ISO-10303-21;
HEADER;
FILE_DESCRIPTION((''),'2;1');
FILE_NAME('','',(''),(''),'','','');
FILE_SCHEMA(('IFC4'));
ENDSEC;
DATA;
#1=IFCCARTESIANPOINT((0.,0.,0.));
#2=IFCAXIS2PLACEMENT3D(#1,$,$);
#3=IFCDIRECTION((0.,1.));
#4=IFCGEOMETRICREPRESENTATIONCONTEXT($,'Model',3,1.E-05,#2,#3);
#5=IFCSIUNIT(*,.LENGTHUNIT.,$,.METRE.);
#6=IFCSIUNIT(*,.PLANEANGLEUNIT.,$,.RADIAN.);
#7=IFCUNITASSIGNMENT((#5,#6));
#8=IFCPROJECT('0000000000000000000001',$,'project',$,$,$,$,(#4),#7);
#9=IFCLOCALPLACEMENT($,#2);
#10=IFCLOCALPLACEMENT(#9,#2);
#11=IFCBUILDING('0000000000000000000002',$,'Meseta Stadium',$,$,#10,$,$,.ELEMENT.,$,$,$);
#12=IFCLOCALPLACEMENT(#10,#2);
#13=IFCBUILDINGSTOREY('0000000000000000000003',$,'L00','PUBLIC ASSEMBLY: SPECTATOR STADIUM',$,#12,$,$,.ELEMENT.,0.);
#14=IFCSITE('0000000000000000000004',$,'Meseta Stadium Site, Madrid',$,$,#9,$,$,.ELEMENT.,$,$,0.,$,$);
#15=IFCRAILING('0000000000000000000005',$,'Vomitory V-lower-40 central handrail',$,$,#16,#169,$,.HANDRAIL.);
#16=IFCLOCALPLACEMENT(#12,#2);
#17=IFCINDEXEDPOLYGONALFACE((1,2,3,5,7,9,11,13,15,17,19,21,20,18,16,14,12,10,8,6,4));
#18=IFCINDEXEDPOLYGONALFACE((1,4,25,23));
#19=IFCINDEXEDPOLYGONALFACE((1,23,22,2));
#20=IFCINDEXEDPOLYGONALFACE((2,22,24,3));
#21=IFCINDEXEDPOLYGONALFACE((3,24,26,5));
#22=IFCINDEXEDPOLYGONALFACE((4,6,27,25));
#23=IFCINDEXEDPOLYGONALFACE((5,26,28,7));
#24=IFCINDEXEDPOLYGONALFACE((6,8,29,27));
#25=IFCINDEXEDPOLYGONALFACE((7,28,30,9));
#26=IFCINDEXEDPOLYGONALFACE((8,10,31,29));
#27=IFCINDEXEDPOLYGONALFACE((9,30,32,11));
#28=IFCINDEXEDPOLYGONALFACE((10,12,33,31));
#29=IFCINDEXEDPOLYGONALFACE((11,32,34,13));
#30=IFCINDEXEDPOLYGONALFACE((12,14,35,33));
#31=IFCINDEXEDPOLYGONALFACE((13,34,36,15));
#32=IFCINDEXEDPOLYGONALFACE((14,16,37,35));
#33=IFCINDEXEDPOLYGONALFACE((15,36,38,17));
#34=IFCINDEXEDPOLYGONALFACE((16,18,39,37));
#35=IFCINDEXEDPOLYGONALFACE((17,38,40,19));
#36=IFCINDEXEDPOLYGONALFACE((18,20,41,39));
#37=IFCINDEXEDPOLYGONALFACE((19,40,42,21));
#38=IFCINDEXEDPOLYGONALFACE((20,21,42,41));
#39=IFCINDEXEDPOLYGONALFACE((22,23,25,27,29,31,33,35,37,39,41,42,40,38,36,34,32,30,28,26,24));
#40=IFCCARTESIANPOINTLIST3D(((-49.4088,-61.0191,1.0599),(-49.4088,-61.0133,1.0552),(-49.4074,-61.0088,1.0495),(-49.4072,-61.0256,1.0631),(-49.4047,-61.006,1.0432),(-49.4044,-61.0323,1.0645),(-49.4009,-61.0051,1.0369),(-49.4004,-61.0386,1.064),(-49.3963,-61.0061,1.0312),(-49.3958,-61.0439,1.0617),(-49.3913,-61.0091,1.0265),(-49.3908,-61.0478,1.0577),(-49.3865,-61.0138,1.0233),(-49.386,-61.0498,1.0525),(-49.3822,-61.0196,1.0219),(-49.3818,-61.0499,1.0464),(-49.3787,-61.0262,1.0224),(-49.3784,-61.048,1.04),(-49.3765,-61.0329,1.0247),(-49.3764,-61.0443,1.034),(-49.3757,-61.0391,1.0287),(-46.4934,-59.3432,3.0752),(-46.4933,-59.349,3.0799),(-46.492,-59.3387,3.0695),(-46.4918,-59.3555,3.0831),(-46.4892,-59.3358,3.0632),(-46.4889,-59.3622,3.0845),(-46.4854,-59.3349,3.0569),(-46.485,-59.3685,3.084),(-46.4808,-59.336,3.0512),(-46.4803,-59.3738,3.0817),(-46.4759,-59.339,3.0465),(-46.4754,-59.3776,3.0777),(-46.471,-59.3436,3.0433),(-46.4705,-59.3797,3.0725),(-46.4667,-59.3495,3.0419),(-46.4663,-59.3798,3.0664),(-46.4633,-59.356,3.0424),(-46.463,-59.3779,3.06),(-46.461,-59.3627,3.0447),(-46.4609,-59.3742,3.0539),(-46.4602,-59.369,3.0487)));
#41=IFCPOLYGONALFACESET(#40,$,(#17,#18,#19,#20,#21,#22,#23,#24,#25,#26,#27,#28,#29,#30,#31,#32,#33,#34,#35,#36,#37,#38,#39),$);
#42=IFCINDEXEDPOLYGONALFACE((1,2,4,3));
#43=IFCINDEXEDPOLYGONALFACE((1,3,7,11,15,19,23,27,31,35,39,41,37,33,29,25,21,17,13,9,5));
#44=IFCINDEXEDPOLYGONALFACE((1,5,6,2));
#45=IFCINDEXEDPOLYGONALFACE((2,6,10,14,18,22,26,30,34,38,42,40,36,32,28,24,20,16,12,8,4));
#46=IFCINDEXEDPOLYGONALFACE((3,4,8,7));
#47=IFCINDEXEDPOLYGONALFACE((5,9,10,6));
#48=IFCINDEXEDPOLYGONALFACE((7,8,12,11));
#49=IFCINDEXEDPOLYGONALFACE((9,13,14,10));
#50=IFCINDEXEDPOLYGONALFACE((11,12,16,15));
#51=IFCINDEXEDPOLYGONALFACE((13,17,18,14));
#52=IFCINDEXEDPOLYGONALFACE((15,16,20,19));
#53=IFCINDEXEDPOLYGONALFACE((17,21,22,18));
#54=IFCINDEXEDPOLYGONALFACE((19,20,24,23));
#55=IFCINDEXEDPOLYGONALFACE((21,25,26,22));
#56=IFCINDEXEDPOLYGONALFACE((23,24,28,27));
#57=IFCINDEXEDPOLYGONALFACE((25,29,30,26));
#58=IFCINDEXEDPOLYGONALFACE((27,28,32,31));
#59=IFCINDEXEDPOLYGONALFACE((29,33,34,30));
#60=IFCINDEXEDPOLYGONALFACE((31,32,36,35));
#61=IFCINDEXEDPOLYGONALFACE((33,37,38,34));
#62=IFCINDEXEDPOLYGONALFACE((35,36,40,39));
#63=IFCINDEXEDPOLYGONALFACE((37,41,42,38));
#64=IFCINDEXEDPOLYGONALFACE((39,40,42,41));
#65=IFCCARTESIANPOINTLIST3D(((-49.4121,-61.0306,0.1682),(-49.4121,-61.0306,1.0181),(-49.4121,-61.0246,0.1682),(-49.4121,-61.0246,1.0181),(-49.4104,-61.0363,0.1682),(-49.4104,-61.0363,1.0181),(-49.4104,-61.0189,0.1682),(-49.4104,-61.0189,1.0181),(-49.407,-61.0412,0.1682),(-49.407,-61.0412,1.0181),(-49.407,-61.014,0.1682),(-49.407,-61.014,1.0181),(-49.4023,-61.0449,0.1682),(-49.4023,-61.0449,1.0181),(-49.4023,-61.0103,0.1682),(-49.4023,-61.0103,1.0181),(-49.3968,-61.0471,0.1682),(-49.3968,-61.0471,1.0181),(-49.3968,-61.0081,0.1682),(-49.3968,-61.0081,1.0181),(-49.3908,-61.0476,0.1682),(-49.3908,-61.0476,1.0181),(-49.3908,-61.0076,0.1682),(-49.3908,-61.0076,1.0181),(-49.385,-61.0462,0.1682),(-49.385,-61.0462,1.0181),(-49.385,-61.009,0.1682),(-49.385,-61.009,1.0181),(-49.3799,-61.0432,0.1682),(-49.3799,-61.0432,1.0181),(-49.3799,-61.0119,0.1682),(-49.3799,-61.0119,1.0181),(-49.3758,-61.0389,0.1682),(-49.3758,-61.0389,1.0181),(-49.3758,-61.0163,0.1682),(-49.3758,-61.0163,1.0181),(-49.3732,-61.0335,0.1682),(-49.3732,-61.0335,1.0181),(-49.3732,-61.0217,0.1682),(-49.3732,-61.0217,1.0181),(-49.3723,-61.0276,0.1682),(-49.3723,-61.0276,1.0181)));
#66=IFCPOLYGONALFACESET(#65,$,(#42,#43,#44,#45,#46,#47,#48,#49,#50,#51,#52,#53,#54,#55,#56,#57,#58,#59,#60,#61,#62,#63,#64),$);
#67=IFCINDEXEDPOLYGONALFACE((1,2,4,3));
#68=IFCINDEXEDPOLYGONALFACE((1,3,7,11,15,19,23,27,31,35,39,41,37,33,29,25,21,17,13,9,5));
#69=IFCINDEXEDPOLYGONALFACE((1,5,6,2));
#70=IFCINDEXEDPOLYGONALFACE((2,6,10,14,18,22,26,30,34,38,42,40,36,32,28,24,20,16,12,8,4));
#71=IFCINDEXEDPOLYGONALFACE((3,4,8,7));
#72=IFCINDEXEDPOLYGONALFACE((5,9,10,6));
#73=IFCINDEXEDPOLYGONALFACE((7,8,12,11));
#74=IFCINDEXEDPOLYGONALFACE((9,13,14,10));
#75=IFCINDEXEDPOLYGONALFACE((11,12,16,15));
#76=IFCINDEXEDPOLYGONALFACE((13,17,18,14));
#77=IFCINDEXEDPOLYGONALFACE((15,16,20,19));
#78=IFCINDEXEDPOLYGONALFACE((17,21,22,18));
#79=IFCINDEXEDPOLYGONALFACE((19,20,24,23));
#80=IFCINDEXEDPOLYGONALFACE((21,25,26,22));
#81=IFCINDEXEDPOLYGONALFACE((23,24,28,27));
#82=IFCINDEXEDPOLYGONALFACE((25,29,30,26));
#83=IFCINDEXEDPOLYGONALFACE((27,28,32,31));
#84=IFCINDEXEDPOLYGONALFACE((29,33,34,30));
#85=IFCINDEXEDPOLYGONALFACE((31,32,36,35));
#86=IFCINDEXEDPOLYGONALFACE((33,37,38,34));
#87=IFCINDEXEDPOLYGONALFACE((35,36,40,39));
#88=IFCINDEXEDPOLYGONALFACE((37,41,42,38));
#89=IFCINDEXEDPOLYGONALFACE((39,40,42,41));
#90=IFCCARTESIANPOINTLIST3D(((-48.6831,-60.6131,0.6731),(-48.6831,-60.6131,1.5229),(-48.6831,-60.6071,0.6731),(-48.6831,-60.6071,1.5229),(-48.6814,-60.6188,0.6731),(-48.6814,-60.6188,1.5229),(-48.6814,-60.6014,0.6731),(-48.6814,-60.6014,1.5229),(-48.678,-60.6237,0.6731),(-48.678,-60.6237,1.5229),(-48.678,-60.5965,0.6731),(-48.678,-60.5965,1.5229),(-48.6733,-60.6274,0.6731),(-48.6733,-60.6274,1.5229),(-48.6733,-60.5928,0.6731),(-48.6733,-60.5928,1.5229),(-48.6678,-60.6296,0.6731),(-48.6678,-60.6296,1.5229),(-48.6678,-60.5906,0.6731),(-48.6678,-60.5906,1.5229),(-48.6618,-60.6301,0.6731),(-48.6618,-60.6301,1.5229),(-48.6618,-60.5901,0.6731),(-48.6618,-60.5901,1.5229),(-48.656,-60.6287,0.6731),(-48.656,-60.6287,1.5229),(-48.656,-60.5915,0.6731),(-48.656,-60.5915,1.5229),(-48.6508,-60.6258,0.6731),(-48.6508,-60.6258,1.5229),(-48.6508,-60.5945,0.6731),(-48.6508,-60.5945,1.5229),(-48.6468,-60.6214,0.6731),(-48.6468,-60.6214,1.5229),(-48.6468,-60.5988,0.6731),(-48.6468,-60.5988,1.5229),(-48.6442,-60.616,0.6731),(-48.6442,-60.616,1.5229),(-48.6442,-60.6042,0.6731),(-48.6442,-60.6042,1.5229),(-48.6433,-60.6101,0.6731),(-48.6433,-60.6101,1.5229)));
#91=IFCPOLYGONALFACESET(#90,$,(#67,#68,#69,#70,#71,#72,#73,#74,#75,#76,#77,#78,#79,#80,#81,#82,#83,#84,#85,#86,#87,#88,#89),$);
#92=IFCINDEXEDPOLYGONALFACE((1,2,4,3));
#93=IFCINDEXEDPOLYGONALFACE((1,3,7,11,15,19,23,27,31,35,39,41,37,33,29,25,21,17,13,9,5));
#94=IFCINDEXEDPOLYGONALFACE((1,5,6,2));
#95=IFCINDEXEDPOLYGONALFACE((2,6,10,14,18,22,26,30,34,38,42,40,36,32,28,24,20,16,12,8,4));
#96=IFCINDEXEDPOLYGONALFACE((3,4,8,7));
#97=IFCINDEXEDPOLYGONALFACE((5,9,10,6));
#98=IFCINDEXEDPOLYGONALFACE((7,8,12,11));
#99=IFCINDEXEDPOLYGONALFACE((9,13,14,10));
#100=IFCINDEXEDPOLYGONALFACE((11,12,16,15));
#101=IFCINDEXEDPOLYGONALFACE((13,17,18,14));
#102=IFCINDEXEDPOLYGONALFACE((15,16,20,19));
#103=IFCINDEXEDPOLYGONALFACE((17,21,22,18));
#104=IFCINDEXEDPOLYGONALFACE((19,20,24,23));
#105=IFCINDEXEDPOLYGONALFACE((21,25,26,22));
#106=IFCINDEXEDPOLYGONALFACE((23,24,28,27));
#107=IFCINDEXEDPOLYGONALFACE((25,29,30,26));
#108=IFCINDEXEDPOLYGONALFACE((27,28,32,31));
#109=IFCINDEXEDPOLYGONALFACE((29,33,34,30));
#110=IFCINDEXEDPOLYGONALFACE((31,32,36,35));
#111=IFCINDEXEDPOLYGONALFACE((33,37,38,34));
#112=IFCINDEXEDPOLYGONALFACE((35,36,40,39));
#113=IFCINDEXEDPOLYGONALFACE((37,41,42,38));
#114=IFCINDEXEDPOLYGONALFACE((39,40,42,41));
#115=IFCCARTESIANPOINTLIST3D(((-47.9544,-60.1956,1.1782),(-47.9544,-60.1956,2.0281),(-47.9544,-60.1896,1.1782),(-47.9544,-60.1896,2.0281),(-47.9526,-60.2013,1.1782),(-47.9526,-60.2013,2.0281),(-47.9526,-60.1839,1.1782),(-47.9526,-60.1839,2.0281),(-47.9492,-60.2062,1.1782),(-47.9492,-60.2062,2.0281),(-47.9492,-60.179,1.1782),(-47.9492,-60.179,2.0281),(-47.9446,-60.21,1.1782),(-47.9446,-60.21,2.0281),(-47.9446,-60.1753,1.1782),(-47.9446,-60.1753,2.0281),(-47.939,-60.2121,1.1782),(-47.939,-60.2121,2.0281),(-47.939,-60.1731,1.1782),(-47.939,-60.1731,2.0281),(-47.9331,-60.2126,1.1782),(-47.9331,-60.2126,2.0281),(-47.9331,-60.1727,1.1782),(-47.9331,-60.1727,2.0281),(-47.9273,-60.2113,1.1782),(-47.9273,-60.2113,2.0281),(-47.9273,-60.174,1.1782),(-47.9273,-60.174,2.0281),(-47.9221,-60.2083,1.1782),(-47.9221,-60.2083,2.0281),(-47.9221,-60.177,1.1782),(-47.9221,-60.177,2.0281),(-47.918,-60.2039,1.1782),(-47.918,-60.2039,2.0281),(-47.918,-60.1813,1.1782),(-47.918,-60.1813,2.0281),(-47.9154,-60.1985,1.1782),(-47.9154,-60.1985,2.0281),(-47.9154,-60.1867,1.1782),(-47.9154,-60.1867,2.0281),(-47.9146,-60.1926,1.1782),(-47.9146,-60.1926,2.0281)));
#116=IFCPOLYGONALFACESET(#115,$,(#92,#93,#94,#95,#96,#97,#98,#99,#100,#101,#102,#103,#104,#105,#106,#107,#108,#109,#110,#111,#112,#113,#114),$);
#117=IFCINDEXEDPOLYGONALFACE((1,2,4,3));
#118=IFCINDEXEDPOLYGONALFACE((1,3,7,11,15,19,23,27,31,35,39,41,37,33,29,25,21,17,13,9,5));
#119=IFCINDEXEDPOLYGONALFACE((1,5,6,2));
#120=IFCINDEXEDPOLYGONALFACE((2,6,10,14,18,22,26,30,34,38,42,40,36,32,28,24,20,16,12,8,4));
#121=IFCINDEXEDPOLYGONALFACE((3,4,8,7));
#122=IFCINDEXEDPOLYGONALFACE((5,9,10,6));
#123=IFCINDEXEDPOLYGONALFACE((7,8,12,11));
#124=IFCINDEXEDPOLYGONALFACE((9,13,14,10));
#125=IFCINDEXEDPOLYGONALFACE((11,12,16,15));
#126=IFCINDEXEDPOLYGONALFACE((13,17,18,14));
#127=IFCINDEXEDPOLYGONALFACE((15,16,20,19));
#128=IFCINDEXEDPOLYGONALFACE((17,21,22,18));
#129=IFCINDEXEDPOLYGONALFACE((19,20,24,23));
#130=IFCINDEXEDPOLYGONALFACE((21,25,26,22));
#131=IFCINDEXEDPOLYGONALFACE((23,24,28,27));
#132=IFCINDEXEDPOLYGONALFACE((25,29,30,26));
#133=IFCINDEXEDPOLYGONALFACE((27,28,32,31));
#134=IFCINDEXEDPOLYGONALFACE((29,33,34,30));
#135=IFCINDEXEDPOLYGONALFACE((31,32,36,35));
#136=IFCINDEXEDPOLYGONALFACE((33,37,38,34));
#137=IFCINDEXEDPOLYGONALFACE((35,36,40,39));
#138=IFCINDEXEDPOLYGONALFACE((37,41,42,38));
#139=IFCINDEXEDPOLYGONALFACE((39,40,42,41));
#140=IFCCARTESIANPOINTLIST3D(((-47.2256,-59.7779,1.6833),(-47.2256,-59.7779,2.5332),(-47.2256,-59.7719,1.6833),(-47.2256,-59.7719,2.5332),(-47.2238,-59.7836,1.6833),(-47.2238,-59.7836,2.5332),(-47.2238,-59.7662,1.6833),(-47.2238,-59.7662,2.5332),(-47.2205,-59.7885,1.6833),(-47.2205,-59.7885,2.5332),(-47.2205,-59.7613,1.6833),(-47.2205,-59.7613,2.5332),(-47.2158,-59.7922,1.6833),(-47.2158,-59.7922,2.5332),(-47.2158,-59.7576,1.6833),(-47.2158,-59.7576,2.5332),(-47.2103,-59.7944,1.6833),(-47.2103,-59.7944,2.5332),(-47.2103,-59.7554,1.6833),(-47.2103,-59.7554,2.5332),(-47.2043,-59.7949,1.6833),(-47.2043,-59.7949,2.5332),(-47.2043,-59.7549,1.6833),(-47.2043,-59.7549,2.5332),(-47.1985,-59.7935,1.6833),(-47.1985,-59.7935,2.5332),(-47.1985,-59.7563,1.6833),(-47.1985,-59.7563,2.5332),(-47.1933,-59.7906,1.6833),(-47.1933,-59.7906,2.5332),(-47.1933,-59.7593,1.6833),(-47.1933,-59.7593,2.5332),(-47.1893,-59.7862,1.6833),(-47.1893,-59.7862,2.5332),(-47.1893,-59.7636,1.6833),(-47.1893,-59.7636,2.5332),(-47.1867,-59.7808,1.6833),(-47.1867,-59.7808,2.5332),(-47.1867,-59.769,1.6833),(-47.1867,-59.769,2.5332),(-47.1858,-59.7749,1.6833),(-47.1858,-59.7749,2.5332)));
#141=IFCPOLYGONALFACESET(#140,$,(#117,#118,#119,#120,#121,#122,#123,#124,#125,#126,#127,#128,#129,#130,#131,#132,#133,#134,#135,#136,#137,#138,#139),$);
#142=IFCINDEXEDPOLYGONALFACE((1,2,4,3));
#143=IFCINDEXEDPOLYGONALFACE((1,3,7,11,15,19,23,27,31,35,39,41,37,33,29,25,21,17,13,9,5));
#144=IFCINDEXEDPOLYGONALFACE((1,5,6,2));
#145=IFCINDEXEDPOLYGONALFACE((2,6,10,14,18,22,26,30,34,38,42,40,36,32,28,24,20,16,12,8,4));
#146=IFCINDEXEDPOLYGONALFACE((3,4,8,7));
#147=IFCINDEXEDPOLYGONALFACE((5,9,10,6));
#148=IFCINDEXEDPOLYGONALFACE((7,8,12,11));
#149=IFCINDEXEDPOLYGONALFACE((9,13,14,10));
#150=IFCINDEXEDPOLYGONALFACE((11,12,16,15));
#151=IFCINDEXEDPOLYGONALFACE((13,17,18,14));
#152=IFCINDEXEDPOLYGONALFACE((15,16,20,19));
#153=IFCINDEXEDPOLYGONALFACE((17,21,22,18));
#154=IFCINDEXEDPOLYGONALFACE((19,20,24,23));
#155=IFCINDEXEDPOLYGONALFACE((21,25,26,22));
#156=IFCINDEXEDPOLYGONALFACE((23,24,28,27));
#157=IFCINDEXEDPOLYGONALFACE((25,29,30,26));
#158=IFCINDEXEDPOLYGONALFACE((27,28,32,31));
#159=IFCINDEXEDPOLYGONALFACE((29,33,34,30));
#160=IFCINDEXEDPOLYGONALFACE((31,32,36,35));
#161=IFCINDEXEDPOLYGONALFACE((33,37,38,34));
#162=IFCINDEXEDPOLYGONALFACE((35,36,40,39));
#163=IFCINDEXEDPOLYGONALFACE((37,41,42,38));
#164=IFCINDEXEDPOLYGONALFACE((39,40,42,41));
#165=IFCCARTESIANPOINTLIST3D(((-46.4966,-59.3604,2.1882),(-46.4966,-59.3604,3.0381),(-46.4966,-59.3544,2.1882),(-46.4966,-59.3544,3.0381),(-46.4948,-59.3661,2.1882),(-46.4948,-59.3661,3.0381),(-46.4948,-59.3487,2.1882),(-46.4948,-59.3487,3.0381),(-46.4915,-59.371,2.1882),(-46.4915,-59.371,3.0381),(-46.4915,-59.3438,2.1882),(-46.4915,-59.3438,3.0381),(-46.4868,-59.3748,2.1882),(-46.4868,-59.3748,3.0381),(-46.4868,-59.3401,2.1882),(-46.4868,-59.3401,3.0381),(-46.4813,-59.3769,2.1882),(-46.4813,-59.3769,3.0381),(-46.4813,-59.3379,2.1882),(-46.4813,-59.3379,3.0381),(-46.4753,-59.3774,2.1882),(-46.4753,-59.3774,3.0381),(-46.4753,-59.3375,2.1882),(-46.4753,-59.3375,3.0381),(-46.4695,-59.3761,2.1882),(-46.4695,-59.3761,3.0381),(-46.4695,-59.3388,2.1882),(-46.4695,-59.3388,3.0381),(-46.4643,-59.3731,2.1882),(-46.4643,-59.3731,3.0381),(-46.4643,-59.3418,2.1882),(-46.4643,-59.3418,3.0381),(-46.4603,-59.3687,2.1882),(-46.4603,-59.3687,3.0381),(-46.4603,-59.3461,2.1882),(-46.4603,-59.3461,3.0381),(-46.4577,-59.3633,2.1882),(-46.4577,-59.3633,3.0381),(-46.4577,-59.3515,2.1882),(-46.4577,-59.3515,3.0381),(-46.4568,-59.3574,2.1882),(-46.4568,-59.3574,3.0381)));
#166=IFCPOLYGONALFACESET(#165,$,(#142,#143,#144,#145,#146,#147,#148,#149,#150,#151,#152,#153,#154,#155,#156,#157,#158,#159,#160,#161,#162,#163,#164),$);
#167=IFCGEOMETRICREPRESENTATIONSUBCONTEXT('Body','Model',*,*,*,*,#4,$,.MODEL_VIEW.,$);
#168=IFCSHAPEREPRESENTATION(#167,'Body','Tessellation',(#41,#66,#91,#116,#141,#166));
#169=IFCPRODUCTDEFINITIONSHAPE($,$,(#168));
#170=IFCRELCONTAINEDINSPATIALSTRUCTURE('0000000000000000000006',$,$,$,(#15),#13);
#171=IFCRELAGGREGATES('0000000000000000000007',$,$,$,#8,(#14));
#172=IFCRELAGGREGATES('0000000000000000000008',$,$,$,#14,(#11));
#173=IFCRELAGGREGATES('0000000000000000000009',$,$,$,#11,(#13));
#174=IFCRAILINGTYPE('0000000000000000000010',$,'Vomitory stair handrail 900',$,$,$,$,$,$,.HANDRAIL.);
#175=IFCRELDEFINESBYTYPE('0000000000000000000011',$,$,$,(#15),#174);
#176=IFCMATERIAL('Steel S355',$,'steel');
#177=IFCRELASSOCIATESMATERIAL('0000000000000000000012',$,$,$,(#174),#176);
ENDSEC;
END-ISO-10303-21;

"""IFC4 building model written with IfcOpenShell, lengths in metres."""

from ifc_helpers import new_model, si_unit, direction, frame, origin, origin_2d, place, context, subcontext, project, spatial, circle, extrude, material, type_object, element, save


model = new_model("IFC4")

# Units and contexts
model_context = context("Model", 3, precision=1e-05, world=origin(), true_north=direction((0.0, 1.0)))
body_context = subcontext(model_context, "Body", "Model", "MODEL_VIEW")
ifc_project = project(units=[si_unit("LENGTHUNIT", "METRE"), si_unit("PLANEANGLEUNIT", "RADIAN")], contexts=[model_context])

# Site, building, storey
site_placement = place(None, origin())
site = spatial("IfcSite", under=ifc_project, at=site_placement, Name="Meseta Stadium Site, Madrid", CompositionType="ELEMENT", RefElevation=0.0)
building_placement = place(site_placement, origin())
building = spatial("IfcBuilding", under=site, at=building_placement, Name="Meseta Stadium", CompositionType="ELEMENT")
storey_placement = place(building_placement, origin())
storey = spatial("IfcBuildingStorey", under=building, at=storey_placement, Name="L00", Description="PUBLIC ASSEMBLY: SPECTATOR STADIUM", CompositionType="ELEMENT", Elevation=0.0)

# Railing
ifc_material_1 = material(Name="Steel S355", Category="steel")
railing_type_1 = type_object("IfcRailingType", Name="Vomitory stair handrail 900", PredefinedType="HANDRAIL", material=ifc_material_1)
railing_1_placement = place(storey_placement, frame((-49.3923, -61.0276, 0.1682)))
element("IfcRailing", 1, at=railing_1_placement, inside=storey, type_object=railing_type_1, Name="Vomitory V-lower-40 central handrail", PredefinedType="HANDRAIL", context=body_context, shape_type="SweptSolid", body=[
    extrude(circle(Radius=0.0249, at=origin_2d()), frame((0.0, 0.0, 0.875), z_axis=(0.743664, 0.42601, 0.515247), x_axis=(-0.49707, 0.867711, 0.0)), (0.0, 0.0, 1.0), 3.9204),
    extrude(circle(Radius=0.02, at=origin_2d()), origin(), (0.0, 0.0, 1.0), 0.8499),
    extrude(circle(Radius=0.02, at=origin_2d()), frame((0.729, 0.4175, 0.5049)), (0.0, 0.0, 1.0), 0.8499),
    extrude(circle(Radius=0.02, at=origin_2d()), frame((1.4578, 0.835, 1.01)), (0.0, 0.0, 1.0), 0.8499),
    extrude(circle(Radius=0.02, at=origin_2d()), frame((2.1865, 1.2527, 1.5151)), (0.0, 0.0, 1.0), 0.8499),
    extrude(circle(Radius=0.02, at=origin_2d()), frame((2.9155, 1.6702, 2.02)), (0.0, 0.0, 1.0), 0.8499),
])

save(model, "model.ifc")
